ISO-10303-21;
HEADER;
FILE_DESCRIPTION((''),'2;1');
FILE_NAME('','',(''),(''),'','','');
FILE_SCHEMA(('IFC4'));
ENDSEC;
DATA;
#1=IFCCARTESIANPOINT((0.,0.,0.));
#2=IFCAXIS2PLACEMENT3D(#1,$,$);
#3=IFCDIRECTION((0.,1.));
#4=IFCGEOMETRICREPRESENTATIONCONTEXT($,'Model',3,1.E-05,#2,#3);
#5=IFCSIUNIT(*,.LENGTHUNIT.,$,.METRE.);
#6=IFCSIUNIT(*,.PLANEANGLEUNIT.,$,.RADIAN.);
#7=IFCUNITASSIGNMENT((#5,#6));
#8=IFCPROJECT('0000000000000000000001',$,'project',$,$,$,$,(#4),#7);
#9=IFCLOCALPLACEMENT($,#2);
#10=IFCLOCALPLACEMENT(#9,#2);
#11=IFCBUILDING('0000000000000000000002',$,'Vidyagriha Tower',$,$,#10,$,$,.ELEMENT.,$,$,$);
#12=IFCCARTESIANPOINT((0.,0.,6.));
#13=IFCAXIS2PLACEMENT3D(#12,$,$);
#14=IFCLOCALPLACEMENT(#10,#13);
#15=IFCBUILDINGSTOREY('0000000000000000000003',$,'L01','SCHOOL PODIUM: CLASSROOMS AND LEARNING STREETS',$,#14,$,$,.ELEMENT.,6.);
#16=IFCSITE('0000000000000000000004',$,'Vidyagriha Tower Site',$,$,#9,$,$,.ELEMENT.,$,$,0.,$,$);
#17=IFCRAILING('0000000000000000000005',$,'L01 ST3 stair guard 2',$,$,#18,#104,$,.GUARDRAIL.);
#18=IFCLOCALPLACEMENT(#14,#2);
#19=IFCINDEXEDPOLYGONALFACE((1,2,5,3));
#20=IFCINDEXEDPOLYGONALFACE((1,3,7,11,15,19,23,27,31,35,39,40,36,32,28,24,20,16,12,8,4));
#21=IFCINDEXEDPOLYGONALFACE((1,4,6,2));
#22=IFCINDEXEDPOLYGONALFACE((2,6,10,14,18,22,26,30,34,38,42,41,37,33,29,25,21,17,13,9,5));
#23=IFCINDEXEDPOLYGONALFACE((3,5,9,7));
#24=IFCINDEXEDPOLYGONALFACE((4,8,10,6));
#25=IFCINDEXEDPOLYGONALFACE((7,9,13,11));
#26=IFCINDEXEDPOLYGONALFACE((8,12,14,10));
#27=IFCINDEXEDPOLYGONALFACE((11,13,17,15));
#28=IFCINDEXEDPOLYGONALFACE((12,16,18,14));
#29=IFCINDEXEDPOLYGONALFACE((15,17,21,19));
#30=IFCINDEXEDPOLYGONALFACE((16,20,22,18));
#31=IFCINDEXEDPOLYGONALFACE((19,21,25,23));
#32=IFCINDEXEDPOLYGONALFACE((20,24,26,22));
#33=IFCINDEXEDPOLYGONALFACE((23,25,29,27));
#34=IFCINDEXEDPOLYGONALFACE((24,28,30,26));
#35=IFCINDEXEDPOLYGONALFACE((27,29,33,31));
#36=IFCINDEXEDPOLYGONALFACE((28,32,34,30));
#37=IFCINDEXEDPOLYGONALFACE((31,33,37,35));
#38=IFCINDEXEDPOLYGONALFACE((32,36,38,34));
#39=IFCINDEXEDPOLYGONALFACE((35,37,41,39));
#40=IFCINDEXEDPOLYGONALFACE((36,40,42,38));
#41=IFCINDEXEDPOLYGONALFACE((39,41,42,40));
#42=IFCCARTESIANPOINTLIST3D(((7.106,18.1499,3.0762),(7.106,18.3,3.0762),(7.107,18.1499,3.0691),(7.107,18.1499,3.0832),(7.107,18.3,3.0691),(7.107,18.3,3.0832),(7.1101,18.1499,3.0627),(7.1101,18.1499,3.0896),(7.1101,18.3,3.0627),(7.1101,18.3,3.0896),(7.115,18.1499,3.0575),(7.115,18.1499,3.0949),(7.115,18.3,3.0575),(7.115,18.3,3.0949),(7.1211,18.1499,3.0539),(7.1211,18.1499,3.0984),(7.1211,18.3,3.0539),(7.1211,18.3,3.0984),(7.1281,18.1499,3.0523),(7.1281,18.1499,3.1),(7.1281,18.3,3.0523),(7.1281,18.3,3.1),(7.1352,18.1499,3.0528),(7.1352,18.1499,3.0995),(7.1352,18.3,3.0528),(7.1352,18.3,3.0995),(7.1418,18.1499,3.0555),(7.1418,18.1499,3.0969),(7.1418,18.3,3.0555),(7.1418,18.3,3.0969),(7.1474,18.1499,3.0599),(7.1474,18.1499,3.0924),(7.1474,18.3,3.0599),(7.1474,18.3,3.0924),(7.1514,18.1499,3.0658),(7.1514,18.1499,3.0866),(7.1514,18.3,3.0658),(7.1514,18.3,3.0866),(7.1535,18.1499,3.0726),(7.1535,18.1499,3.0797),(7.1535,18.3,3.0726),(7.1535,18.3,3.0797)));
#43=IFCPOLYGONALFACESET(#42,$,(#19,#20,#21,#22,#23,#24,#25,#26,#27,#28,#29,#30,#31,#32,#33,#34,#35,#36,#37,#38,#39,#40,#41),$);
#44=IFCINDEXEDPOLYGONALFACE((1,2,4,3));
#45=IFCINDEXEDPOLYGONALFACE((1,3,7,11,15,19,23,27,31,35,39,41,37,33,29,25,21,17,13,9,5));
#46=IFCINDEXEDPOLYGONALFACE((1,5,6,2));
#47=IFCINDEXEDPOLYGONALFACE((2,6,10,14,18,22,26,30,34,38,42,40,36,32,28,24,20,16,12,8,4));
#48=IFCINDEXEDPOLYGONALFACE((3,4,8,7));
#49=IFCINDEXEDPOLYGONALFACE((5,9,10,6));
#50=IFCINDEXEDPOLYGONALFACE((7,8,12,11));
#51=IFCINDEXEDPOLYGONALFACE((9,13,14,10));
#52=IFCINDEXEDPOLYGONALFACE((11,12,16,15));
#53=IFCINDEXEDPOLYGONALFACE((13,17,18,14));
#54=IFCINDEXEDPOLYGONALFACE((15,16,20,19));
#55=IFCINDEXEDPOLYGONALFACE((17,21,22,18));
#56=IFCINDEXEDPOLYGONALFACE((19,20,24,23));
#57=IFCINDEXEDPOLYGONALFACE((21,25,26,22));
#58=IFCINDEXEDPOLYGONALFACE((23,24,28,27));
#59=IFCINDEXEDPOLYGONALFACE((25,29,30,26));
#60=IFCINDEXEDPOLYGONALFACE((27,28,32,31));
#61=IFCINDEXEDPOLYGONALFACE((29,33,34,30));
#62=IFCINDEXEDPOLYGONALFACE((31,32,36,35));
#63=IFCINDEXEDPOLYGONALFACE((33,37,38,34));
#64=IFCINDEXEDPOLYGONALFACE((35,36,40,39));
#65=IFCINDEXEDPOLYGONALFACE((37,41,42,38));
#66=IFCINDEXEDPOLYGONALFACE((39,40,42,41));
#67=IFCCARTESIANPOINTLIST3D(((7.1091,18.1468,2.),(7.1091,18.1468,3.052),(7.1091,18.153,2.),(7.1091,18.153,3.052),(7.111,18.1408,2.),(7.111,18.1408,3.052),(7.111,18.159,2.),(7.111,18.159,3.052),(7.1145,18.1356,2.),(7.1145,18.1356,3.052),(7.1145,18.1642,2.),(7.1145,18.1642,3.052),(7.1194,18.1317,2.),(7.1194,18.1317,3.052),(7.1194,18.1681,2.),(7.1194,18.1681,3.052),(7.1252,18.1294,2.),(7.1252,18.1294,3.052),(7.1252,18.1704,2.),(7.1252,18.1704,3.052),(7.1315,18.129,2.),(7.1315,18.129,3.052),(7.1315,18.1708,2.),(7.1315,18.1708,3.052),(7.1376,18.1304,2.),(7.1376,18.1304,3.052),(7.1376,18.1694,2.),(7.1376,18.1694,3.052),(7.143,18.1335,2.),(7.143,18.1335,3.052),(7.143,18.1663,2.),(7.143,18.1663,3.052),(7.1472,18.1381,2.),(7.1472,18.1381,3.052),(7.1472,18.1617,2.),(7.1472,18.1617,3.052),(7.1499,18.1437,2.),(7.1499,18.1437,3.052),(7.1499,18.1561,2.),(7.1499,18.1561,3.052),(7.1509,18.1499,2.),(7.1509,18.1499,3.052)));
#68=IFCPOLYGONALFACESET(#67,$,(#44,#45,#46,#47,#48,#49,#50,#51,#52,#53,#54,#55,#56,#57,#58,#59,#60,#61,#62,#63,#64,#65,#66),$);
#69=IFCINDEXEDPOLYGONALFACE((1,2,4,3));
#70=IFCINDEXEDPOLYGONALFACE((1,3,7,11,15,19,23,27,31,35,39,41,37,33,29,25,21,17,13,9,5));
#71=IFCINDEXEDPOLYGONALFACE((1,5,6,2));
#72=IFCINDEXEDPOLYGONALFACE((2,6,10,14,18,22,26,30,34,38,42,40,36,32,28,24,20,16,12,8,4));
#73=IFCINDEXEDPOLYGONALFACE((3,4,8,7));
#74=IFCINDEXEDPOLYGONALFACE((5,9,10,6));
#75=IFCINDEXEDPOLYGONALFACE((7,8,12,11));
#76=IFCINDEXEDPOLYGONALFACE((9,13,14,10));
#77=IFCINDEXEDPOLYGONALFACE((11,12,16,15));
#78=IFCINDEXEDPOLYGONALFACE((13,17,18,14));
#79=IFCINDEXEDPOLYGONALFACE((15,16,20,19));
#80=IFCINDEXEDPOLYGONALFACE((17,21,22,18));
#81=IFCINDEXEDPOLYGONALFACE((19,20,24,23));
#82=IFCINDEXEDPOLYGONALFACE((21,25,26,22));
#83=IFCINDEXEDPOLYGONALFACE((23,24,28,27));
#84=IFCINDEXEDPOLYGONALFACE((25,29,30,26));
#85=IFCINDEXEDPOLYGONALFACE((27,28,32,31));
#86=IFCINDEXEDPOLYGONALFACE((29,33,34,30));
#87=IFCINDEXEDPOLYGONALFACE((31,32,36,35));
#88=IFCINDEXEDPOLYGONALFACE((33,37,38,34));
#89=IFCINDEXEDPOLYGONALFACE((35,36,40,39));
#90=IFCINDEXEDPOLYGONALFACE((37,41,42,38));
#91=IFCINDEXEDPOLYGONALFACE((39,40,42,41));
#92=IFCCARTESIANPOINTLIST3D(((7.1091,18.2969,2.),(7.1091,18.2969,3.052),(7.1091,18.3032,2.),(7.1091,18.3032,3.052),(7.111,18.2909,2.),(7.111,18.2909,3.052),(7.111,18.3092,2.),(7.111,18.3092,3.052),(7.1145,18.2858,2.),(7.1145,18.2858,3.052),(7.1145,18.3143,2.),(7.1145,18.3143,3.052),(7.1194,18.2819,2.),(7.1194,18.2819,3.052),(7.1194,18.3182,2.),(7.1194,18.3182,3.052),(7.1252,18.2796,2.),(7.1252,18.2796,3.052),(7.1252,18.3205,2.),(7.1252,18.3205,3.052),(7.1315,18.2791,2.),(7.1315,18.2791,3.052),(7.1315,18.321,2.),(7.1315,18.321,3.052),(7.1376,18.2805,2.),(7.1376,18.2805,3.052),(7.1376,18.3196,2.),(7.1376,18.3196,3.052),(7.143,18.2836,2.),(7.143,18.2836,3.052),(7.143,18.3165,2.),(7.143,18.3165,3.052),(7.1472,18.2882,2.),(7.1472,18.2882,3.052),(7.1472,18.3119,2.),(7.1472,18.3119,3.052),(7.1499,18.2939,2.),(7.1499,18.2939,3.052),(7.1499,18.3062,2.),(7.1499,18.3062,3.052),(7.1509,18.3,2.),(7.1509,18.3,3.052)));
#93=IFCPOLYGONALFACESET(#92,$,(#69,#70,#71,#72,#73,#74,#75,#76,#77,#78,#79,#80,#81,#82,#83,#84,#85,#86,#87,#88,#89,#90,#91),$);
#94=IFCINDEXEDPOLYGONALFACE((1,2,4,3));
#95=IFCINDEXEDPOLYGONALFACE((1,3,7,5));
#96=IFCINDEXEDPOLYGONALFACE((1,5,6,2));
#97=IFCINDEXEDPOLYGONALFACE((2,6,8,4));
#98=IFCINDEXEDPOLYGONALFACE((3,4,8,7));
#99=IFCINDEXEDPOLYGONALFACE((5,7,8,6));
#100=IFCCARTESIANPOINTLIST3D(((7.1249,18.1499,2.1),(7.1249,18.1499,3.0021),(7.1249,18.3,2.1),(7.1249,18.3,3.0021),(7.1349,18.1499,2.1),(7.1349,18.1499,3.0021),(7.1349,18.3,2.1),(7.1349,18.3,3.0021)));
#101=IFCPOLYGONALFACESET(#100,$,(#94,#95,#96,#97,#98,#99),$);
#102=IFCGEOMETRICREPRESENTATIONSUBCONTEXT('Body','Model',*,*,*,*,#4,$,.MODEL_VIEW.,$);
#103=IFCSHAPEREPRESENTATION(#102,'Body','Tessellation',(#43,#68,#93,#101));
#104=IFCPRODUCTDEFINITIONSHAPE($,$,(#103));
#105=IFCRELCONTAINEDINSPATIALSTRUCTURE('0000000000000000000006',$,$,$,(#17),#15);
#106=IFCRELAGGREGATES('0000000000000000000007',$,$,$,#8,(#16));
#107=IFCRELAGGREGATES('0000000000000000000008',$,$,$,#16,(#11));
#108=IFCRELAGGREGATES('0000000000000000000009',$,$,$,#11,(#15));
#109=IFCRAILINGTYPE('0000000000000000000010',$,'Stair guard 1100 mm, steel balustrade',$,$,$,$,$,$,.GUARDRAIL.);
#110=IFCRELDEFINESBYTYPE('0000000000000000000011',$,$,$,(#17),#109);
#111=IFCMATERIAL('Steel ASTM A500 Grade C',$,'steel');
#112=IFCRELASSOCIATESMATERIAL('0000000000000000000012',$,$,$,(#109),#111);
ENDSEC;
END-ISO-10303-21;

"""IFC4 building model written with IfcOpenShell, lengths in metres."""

from ifc_helpers import new_model, si_unit, direction, frame, origin, origin_2d, place, context, subcontext, project, spatial, rectangle, circle, extrude, material, type_object, element, save


model = new_model("IFC4")

# Units and contexts
model_context = context("Model", 3, precision=1e-05, world=origin(), true_north=direction((0.0, 1.0)))
body_context = subcontext(model_context, "Body", "Model", "MODEL_VIEW")
ifc_project = project(units=[si_unit("LENGTHUNIT", "METRE"), si_unit("PLANEANGLEUNIT", "RADIAN")], contexts=[model_context])

# Site, building, storey
site_placement = place(None, origin())
site = spatial("IfcSite", under=ifc_project, at=site_placement, Name="Vidyagriha Tower Site", CompositionType="ELEMENT", RefElevation=0.0)
building_placement = place(site_placement, origin())
building = spatial("IfcBuilding", under=site, at=building_placement, Name="Vidyagriha Tower", CompositionType="ELEMENT")
storey_placement = place(building_placement, frame((0.0, 0.0, 6.0)))
storey = spatial("IfcBuildingStorey", under=building, at=storey_placement, Name="L01", Description="SCHOOL PODIUM: CLASSROOMS AND LEARNING STREETS", CompositionType="ELEMENT", Elevation=6.0)

# Railing
ifc_material_1 = material(Name="Steel ASTM A500 Grade C", Category="steel")
railing_type_1 = type_object("IfcRailingType", Name="Stair guard 1100 mm, steel balustrade", PredefinedType="GUARDRAIL", material=ifc_material_1)
railing_1_placement = place(storey_placement, frame((7.1299, 18.1499, 2.0)))
element("IfcRailing", 1, at=railing_1_placement, inside=storey, type_object=railing_type_1, Name="L01 ST3 stair guard 2", PredefinedType="GUARDRAIL", context=body_context, shape_type="SweptSolid", body=[
    extrude(circle(Radius=0.0239, at=origin_2d()), frame((0.0, 0.0, 1.0762), z_axis=(0.0, 1.0, 0.0), x_axis=(-1.0, 0.0, 0.0)), (0.0, 0.0, 1.0), 0.1501),
    extrude(circle(Radius=0.021, at=origin_2d()), origin(), (0.0, 0.0, 1.0), 1.052),
    extrude(circle(Radius=0.021, at=origin_2d()), frame((0.0, 0.1501, 0.0)), (0.0, 0.0, 1.0), 1.052),
    extrude(rectangle(XDim=0.01, YDim=0.9021, at=origin_2d()), frame((0.0, 0.0, 0.551), z_axis=(0.0, 1.0, 0.0), x_axis=(-1.0, 0.0, 0.0)), (0.0, 0.0, 1.0), 0.1501),
])

save(model, "model.ifc")
